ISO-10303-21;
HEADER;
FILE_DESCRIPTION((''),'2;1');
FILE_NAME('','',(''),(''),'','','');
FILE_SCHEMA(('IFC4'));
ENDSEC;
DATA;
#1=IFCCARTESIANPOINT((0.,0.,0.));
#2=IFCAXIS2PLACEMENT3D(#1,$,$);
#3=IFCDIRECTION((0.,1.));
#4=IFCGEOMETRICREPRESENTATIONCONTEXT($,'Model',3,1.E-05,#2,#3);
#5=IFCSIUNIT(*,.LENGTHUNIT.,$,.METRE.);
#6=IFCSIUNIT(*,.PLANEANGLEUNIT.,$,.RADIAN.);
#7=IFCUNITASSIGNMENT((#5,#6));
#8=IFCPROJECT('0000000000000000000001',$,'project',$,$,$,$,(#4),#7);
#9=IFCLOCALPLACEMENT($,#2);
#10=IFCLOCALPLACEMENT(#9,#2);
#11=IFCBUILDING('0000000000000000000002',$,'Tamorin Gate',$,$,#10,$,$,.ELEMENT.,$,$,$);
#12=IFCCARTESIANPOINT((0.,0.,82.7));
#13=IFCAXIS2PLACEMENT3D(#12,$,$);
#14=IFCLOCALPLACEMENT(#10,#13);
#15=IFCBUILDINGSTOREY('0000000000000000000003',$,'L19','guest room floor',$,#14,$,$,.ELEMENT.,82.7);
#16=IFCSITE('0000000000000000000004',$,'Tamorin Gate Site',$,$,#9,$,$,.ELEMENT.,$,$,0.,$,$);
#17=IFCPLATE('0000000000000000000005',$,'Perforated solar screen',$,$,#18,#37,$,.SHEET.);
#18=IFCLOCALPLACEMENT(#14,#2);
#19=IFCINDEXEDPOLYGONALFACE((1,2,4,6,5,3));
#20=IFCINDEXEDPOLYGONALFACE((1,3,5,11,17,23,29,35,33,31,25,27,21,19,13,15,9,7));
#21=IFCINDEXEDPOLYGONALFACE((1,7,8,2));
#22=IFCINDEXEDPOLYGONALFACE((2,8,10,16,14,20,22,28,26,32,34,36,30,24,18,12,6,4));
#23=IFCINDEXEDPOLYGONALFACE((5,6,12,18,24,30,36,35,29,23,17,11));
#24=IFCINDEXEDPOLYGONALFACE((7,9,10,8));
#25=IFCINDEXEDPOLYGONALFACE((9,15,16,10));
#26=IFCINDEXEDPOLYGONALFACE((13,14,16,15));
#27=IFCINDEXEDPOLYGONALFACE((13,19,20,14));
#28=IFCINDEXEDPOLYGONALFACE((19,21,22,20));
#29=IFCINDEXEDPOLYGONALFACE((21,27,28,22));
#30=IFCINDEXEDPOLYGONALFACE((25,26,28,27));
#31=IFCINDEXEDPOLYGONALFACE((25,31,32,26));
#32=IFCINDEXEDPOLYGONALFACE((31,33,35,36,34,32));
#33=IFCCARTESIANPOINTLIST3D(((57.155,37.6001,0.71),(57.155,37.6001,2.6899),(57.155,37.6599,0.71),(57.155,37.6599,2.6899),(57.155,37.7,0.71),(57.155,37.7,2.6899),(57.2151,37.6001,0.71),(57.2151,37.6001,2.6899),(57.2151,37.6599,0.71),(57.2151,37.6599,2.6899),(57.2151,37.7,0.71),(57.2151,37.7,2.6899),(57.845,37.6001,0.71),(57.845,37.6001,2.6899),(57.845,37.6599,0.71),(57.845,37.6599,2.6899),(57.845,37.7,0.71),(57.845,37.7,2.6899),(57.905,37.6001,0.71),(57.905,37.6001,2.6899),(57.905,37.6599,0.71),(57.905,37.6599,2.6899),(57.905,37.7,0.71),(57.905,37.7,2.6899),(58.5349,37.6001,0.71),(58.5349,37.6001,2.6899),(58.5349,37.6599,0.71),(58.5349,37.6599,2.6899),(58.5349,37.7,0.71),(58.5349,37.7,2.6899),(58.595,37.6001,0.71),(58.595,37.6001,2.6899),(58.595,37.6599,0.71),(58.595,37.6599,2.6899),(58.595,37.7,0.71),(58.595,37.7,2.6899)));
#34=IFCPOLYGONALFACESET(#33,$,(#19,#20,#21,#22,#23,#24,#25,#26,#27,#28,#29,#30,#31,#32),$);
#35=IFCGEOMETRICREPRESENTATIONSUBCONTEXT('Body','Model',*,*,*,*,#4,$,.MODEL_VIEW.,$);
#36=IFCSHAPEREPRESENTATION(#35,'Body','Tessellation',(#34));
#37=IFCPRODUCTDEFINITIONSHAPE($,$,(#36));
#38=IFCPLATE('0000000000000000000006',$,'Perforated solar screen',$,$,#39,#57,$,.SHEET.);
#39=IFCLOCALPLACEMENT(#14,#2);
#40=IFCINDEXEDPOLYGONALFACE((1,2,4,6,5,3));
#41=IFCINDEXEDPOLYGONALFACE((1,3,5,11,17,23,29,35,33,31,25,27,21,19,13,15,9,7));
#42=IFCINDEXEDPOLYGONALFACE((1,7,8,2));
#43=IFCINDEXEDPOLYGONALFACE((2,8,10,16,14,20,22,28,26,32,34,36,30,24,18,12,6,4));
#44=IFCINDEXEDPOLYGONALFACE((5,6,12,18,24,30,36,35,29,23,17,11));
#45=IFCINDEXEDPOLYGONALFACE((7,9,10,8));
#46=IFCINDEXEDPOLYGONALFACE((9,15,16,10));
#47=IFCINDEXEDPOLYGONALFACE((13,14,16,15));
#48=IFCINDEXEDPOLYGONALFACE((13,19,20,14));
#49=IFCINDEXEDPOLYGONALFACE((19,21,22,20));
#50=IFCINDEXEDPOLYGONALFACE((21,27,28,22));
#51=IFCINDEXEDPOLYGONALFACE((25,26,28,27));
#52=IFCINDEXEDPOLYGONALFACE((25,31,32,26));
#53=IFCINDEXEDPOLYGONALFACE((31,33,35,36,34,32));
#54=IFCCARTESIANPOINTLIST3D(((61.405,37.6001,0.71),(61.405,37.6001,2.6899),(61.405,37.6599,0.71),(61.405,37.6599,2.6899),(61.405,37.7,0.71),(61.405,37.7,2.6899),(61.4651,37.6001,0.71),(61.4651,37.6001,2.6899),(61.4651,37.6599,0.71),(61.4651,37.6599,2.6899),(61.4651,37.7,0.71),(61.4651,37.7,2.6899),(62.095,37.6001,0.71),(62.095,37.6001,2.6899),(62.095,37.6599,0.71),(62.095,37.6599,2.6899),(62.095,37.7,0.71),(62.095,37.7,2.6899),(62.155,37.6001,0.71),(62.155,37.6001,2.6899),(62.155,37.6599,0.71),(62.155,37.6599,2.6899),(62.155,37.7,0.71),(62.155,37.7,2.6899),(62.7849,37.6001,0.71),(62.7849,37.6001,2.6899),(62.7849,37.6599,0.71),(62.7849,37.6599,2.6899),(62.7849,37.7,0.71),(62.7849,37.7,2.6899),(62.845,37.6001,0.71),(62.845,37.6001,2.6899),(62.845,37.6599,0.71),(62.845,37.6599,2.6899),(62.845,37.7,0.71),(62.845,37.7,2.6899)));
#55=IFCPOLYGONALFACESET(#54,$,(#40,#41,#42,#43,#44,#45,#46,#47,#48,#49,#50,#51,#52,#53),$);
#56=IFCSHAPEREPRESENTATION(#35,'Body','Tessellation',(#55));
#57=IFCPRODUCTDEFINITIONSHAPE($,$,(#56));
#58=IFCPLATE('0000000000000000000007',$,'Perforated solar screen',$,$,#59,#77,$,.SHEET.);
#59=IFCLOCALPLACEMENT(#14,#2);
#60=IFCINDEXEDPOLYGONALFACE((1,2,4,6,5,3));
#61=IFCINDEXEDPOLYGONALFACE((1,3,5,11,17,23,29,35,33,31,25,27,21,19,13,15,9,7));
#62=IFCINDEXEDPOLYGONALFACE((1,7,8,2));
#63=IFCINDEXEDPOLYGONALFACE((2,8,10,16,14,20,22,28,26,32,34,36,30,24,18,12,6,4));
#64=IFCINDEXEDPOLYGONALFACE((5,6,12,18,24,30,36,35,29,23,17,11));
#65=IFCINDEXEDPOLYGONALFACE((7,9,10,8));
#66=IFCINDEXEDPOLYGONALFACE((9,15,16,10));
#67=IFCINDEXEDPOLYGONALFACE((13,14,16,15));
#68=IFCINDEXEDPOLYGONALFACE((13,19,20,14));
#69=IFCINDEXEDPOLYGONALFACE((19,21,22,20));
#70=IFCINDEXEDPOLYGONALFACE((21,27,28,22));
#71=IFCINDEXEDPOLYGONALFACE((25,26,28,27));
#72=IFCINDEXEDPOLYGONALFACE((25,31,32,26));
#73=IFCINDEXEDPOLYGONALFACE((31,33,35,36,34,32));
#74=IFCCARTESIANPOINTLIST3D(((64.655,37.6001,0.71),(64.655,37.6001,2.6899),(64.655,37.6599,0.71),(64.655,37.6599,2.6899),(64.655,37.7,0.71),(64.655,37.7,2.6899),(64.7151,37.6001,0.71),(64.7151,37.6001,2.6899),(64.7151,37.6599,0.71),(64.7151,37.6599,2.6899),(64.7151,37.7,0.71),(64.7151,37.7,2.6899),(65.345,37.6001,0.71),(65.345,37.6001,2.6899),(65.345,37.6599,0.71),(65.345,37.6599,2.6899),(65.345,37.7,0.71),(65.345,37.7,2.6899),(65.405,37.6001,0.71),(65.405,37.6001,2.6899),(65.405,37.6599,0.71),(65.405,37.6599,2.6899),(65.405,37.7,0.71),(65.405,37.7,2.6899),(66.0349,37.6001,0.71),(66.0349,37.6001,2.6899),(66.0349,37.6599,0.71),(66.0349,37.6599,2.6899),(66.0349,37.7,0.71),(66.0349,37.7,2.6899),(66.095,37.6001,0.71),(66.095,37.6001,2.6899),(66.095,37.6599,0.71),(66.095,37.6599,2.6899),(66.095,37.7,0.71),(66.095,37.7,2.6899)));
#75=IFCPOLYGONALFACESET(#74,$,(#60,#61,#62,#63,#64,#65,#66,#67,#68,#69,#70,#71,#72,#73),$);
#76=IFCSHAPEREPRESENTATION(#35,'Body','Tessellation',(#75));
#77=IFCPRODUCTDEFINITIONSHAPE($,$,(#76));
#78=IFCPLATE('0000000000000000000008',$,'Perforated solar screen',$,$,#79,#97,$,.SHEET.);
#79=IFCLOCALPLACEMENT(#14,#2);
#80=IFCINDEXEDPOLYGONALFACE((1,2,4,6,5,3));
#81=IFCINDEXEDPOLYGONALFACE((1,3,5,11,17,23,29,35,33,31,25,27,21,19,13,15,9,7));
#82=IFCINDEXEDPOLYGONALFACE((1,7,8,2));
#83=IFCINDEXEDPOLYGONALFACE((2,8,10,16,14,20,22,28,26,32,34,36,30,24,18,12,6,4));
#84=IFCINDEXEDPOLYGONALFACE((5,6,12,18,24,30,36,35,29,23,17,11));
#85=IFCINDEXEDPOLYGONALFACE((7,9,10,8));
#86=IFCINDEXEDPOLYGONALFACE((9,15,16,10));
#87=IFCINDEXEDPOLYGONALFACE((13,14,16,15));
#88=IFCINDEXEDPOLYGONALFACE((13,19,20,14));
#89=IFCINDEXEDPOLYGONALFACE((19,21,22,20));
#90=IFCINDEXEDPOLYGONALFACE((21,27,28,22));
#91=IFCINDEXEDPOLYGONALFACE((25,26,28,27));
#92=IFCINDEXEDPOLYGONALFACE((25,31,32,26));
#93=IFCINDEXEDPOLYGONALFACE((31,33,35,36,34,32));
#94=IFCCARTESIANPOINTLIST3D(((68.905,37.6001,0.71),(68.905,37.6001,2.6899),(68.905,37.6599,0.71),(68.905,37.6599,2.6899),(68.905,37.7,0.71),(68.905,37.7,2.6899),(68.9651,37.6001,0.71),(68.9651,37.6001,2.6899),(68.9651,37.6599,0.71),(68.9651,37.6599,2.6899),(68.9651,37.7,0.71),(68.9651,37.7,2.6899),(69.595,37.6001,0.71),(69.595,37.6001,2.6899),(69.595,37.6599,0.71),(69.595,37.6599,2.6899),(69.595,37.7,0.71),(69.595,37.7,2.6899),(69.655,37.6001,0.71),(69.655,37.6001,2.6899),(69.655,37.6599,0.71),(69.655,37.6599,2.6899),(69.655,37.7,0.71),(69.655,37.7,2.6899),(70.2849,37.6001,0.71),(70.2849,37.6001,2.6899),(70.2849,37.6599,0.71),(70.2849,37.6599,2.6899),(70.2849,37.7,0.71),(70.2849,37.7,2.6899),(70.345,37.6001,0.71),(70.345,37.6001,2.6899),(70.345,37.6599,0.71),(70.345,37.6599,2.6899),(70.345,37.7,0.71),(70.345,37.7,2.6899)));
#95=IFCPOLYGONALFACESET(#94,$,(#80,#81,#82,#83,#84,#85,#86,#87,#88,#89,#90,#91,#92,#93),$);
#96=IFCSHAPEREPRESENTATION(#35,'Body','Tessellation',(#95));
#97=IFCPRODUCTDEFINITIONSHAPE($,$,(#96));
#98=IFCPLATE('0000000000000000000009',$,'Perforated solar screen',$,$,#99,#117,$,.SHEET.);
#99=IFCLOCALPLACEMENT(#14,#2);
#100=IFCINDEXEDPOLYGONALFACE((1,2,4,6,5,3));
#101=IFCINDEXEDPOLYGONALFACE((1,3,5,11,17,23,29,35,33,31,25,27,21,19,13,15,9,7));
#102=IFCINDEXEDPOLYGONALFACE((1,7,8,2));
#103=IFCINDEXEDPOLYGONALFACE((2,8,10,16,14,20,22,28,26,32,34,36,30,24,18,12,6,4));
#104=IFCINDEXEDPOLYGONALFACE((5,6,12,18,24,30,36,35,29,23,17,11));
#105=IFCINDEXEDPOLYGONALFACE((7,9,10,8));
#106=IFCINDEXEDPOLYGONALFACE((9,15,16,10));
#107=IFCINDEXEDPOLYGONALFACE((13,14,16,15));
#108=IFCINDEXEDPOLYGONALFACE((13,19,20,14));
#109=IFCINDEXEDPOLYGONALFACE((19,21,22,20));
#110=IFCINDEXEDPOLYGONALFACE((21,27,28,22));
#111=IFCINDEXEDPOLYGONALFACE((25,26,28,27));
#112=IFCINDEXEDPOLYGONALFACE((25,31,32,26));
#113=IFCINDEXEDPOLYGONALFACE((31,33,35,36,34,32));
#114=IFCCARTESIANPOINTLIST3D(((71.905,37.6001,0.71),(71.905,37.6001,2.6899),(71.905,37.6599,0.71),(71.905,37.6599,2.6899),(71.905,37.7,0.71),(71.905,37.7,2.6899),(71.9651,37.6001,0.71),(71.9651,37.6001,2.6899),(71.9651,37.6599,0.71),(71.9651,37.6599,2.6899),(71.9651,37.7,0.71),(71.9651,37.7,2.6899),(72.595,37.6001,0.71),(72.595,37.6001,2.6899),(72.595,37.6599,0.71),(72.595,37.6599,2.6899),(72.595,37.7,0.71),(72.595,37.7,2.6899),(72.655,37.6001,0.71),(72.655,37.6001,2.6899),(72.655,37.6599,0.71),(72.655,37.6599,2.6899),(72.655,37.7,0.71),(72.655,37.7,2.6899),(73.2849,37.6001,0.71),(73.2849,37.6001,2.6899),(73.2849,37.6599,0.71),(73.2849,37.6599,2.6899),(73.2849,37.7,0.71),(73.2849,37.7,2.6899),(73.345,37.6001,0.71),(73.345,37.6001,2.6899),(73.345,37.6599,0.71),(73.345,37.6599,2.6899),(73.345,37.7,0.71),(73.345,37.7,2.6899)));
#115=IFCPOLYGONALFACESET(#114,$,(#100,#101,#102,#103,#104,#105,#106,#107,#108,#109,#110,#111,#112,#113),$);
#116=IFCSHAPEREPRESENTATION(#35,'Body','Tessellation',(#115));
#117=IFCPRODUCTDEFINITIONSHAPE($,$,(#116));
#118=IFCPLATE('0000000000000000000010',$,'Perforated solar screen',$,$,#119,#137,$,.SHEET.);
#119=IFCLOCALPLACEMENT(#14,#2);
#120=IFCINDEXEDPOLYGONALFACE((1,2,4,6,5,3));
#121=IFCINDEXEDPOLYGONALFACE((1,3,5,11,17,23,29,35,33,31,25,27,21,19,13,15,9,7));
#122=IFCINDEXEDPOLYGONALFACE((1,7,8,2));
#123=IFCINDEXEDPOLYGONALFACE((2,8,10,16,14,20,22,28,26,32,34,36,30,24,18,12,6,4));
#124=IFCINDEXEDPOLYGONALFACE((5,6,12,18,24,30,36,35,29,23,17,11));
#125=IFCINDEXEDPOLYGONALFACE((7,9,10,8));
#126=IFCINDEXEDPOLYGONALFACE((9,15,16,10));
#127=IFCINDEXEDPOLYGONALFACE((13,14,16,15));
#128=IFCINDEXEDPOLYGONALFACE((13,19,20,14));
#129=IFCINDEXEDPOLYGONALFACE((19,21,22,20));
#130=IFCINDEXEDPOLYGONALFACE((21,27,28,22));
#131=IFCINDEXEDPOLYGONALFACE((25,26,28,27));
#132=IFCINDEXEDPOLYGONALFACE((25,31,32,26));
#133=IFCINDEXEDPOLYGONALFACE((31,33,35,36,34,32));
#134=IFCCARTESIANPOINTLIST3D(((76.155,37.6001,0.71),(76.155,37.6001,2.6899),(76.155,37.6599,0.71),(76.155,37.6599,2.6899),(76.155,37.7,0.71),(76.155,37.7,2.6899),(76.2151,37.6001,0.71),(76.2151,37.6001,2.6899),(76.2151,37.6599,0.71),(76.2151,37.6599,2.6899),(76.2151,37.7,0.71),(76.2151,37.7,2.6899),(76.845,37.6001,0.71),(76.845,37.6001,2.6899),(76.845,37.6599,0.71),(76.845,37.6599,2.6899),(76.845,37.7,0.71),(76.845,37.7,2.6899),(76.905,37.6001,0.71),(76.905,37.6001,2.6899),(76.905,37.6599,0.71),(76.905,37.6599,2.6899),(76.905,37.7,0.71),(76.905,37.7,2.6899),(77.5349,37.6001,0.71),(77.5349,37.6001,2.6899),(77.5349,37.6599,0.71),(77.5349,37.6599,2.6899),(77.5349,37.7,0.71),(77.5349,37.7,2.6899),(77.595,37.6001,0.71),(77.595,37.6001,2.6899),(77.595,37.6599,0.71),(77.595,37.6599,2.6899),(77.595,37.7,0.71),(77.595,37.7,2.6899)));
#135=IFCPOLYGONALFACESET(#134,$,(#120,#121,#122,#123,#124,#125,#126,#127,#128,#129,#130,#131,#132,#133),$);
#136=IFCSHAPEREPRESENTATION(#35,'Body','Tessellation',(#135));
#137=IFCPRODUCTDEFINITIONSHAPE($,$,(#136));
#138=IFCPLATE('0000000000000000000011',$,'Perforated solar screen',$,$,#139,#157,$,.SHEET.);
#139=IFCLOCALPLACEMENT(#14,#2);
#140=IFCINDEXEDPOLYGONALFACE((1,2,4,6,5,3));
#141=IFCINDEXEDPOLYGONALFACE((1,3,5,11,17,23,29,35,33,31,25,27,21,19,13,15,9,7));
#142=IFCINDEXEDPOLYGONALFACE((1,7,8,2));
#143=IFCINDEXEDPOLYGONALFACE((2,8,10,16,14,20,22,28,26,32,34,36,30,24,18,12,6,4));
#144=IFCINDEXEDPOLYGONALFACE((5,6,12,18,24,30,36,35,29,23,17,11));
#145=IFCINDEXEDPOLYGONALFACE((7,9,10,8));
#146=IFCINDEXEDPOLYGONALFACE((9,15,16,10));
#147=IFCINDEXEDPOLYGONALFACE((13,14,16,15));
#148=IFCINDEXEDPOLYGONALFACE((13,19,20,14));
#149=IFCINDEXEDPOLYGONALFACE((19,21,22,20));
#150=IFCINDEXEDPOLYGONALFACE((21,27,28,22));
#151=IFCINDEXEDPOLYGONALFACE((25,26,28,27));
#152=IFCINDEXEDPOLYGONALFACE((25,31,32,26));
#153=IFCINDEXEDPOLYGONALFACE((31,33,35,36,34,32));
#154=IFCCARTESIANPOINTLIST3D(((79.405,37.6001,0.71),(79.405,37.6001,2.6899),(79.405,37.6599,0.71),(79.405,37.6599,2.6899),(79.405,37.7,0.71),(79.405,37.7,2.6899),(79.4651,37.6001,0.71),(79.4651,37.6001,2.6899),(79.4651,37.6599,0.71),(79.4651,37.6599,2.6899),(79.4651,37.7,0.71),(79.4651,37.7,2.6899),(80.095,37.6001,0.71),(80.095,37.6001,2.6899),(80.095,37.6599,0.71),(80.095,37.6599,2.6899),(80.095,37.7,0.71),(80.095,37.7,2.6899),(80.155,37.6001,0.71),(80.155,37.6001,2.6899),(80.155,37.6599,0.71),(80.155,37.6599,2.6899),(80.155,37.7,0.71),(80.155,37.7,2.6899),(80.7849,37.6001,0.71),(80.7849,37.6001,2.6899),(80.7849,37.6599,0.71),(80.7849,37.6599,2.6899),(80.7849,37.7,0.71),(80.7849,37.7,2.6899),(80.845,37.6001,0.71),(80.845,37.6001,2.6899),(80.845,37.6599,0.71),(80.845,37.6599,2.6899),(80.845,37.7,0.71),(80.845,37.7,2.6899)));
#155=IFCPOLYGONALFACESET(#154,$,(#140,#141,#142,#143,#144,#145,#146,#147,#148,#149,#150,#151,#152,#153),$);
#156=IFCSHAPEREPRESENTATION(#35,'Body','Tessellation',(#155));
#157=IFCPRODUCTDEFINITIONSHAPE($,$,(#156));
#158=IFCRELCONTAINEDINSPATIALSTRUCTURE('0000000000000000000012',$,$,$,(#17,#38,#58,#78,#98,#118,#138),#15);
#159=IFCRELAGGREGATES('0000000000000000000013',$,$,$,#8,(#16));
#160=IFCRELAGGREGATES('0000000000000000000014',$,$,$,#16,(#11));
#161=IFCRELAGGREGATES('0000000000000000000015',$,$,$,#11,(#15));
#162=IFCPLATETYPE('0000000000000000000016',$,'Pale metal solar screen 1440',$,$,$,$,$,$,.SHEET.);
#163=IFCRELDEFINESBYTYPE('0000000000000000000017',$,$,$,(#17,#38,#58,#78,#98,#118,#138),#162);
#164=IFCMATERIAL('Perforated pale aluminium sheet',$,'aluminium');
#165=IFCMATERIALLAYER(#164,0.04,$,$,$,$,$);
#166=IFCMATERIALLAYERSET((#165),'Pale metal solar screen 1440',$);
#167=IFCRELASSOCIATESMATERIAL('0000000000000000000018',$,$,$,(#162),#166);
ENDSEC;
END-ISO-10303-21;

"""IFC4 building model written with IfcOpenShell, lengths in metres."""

from ifc_helpers import new_model, si_unit, direction, frame, origin, place, context, subcontext, project, spatial, polyline, outline, extrude, material, layer, layer_set, type_object, element, save


model = new_model("IFC4")

# Units and contexts
model_context = context("Model", 3, precision=1e-05, world=origin(), true_north=direction((0.0, 1.0)))
body_context = subcontext(model_context, "Body", "Model", "MODEL_VIEW")
ifc_project = project(units=[si_unit("LENGTHUNIT", "METRE"), si_unit("PLANEANGLEUNIT", "RADIAN")], contexts=[model_context])

# Site, building, storey
site_placement = place(None, origin())
site = spatial("IfcSite", under=ifc_project, at=site_placement, Name="Tamorin Gate Site", CompositionType="ELEMENT", RefElevation=0.0)
building_placement = place(site_placement, origin())
building = spatial("IfcBuilding", under=site, at=building_placement, Name="Tamorin Gate", CompositionType="ELEMENT")
storey_placement = place(building_placement, frame((0.0, 0.0, 82.7)))
storey = spatial("IfcBuildingStorey", under=building, at=storey_placement, Name="L19", Description="guest room floor", CompositionType="ELEMENT", Elevation=82.7)

# Plates
ifc_material_1 = material(Name="Perforated pale aluminium sheet", Category="aluminium")
ifc_layer_1 = layer(ifc_material_1, 0.04)
ifc_layer_set_1 = layer_set([ifc_layer_1], Name="Pale metal solar screen 1440")
plate_type = type_object("IfcPlateType", Name="Pale metal solar screen 1440", PredefinedType="SHEET", material=ifc_layer_set_1)
plate_1_placement = place(storey_placement, frame((0.0, 0.0, 0.71)))
element("IfcPlate", 1, at=plate_1_placement, inside=storey, type_object=plate_type, Name="Perforated solar screen", PredefinedType="SHEET", context=body_context, shape_type="SweptSolid", body=[
    extrude(outline(polyline([(57.155, 37.6599), (57.155, 37.7), (57.2151, 37.7), (57.845, 37.7), (57.905, 37.7), (58.5349, 37.7), (58.595, 37.7), (58.595, 37.6599), (58.595, 37.6001), (58.5349, 37.6001), (58.5349, 37.6599), (57.905, 37.6599), (57.905, 37.6001), (57.845, 37.6001), (57.845, 37.6599), (57.2151, 37.6599), (57.2151, 37.6001), (57.155, 37.6001), (57.155, 37.6599)])), origin(), (0.0, 0.0, 1.0), 1.98),
])
plate_2_placement = place(storey_placement, frame((0.0, 0.0, 0.71)))
element("IfcPlate", 2, at=plate_2_placement, inside=storey, type_object=plate_type, Name="Perforated solar screen", PredefinedType="SHEET", context=body_context, shape_type="SweptSolid", body=[
    extrude(outline(polyline([(61.405, 37.6599), (61.405, 37.7), (61.4651, 37.7), (62.095, 37.7), (62.155, 37.7), (62.7849, 37.7), (62.845, 37.7), (62.845, 37.6599), (62.845, 37.6001), (62.7849, 37.6001), (62.7849, 37.6599), (62.155, 37.6599), (62.155, 37.6001), (62.095, 37.6001), (62.095, 37.6599), (61.4651, 37.6599), (61.4651, 37.6001), (61.405, 37.6001), (61.405, 37.6599)])), origin(), (0.0, 0.0, 1.0), 1.98),
])
plate_3_placement = place(storey_placement, frame((0.0, 0.0, 0.71)))
element("IfcPlate", 3, at=plate_3_placement, inside=storey, type_object=plate_type, Name="Perforated solar screen", PredefinedType="SHEET", context=body_context, shape_type="SweptSolid", body=[
    extrude(outline(polyline([(64.655, 37.6599), (64.655, 37.7), (64.7151, 37.7), (65.345, 37.7), (65.405, 37.7), (66.0349, 37.7), (66.095, 37.7), (66.095, 37.6599), (66.095, 37.6001), (66.0349, 37.6001), (66.0349, 37.6599), (65.405, 37.6599), (65.405, 37.6001), (65.345, 37.6001), (65.345, 37.6599), (64.7151, 37.6599), (64.7151, 37.6001), (64.655, 37.6001), (64.655, 37.6599)])), origin(), (0.0, 0.0, 1.0), 1.98),
])
plate_4_placement = place(storey_placement, frame((0.0, 0.0, 0.71)))
element("IfcPlate", 4, at=plate_4_placement, inside=storey, type_object=plate_type, Name="Perforated solar screen", PredefinedType="SHEET", context=body_context, shape_type="SweptSolid", body=[
    extrude(outline(polyline([(68.905, 37.6599), (68.905, 37.7), (68.9651, 37.7), (69.595, 37.7), (69.655, 37.7), (70.2849, 37.7), (70.345, 37.7), (70.345, 37.6599), (70.345, 37.6001), (70.2849, 37.6001), (70.2849, 37.6599), (69.655, 37.6599), (69.655, 37.6001), (69.595, 37.6001), (69.595, 37.6599), (68.9651, 37.6599), (68.9651, 37.6001), (68.905, 37.6001), (68.905, 37.6599)])), origin(), (0.0, 0.0, 1.0), 1.98),
])
plate_5_placement = place(storey_placement, frame((0.0, 0.0, 0.71)))
element("IfcPlate", 5, at=plate_5_placement, inside=storey, type_object=plate_type, Name="Perforated solar screen", PredefinedType="SHEET", context=body_context, shape_type="SweptSolid", body=[
    extrude(outline(polyline([(71.905, 37.6599), (71.905, 37.7), (71.9651, 37.7), (72.595, 37.7), (72.655, 37.7), (73.2849, 37.7), (73.345, 37.7), (73.345, 37.6599), (73.345, 37.6001), (73.2849, 37.6001), (73.2849, 37.6599), (72.655, 37.6599), (72.655, 37.6001), (72.595, 37.6001), (72.595, 37.6599), (71.9651, 37.6599), (71.9651, 37.6001), (71.905, 37.6001), (71.905, 37.6599)])), origin(), (0.0, 0.0, 1.0), 1.98),
])
plate_6_placement = place(storey_placement, frame((0.0, 0.0, 0.71)))
element("IfcPlate", 6, at=plate_6_placement, inside=storey, type_object=plate_type, Name="Perforated solar screen", PredefinedType="SHEET", context=body_context, shape_type="SweptSolid", body=[
    extrude(outline(polyline([(76.155, 37.6599), (76.155, 37.7), (76.2151, 37.7), (76.845, 37.7), (76.905, 37.7), (77.5349, 37.7), (77.595, 37.7), (77.595, 37.6599), (77.595, 37.6001), (77.5349, 37.6001), (77.5349, 37.6599), (76.905, 37.6599), (76.905, 37.6001), (76.845, 37.6001), (76.845, 37.6599), (76.2151, 37.6599), (76.2151, 37.6001), (76.155, 37.6001), (76.155, 37.6599)])), origin(), (0.0, 0.0, 1.0), 1.98),
])
plate_7_placement = place(storey_placement, frame((0.0, 0.0, 0.71)))
element("IfcPlate", 7, at=plate_7_placement, inside=storey, type_object=plate_type, Name="Perforated solar screen", PredefinedType="SHEET", context=body_context, shape_type="SweptSolid", body=[
    extrude(outline(polyline([(79.405, 37.6599), (79.405, 37.7), (79.4651, 37.7), (80.095, 37.7), (80.155, 37.7), (80.7849, 37.7), (80.845, 37.7), (80.845, 37.6599), (80.845, 37.6001), (80.7849, 37.6001), (80.7849, 37.6599), (80.155, 37.6599), (80.155, 37.6001), (80.095, 37.6001), (80.095, 37.6599), (79.4651, 37.6599), (79.4651, 37.6001), (79.405, 37.6001), (79.405, 37.6599)])), origin(), (0.0, 0.0, 1.0), 1.98),
])

save(model, "model.ifc")
